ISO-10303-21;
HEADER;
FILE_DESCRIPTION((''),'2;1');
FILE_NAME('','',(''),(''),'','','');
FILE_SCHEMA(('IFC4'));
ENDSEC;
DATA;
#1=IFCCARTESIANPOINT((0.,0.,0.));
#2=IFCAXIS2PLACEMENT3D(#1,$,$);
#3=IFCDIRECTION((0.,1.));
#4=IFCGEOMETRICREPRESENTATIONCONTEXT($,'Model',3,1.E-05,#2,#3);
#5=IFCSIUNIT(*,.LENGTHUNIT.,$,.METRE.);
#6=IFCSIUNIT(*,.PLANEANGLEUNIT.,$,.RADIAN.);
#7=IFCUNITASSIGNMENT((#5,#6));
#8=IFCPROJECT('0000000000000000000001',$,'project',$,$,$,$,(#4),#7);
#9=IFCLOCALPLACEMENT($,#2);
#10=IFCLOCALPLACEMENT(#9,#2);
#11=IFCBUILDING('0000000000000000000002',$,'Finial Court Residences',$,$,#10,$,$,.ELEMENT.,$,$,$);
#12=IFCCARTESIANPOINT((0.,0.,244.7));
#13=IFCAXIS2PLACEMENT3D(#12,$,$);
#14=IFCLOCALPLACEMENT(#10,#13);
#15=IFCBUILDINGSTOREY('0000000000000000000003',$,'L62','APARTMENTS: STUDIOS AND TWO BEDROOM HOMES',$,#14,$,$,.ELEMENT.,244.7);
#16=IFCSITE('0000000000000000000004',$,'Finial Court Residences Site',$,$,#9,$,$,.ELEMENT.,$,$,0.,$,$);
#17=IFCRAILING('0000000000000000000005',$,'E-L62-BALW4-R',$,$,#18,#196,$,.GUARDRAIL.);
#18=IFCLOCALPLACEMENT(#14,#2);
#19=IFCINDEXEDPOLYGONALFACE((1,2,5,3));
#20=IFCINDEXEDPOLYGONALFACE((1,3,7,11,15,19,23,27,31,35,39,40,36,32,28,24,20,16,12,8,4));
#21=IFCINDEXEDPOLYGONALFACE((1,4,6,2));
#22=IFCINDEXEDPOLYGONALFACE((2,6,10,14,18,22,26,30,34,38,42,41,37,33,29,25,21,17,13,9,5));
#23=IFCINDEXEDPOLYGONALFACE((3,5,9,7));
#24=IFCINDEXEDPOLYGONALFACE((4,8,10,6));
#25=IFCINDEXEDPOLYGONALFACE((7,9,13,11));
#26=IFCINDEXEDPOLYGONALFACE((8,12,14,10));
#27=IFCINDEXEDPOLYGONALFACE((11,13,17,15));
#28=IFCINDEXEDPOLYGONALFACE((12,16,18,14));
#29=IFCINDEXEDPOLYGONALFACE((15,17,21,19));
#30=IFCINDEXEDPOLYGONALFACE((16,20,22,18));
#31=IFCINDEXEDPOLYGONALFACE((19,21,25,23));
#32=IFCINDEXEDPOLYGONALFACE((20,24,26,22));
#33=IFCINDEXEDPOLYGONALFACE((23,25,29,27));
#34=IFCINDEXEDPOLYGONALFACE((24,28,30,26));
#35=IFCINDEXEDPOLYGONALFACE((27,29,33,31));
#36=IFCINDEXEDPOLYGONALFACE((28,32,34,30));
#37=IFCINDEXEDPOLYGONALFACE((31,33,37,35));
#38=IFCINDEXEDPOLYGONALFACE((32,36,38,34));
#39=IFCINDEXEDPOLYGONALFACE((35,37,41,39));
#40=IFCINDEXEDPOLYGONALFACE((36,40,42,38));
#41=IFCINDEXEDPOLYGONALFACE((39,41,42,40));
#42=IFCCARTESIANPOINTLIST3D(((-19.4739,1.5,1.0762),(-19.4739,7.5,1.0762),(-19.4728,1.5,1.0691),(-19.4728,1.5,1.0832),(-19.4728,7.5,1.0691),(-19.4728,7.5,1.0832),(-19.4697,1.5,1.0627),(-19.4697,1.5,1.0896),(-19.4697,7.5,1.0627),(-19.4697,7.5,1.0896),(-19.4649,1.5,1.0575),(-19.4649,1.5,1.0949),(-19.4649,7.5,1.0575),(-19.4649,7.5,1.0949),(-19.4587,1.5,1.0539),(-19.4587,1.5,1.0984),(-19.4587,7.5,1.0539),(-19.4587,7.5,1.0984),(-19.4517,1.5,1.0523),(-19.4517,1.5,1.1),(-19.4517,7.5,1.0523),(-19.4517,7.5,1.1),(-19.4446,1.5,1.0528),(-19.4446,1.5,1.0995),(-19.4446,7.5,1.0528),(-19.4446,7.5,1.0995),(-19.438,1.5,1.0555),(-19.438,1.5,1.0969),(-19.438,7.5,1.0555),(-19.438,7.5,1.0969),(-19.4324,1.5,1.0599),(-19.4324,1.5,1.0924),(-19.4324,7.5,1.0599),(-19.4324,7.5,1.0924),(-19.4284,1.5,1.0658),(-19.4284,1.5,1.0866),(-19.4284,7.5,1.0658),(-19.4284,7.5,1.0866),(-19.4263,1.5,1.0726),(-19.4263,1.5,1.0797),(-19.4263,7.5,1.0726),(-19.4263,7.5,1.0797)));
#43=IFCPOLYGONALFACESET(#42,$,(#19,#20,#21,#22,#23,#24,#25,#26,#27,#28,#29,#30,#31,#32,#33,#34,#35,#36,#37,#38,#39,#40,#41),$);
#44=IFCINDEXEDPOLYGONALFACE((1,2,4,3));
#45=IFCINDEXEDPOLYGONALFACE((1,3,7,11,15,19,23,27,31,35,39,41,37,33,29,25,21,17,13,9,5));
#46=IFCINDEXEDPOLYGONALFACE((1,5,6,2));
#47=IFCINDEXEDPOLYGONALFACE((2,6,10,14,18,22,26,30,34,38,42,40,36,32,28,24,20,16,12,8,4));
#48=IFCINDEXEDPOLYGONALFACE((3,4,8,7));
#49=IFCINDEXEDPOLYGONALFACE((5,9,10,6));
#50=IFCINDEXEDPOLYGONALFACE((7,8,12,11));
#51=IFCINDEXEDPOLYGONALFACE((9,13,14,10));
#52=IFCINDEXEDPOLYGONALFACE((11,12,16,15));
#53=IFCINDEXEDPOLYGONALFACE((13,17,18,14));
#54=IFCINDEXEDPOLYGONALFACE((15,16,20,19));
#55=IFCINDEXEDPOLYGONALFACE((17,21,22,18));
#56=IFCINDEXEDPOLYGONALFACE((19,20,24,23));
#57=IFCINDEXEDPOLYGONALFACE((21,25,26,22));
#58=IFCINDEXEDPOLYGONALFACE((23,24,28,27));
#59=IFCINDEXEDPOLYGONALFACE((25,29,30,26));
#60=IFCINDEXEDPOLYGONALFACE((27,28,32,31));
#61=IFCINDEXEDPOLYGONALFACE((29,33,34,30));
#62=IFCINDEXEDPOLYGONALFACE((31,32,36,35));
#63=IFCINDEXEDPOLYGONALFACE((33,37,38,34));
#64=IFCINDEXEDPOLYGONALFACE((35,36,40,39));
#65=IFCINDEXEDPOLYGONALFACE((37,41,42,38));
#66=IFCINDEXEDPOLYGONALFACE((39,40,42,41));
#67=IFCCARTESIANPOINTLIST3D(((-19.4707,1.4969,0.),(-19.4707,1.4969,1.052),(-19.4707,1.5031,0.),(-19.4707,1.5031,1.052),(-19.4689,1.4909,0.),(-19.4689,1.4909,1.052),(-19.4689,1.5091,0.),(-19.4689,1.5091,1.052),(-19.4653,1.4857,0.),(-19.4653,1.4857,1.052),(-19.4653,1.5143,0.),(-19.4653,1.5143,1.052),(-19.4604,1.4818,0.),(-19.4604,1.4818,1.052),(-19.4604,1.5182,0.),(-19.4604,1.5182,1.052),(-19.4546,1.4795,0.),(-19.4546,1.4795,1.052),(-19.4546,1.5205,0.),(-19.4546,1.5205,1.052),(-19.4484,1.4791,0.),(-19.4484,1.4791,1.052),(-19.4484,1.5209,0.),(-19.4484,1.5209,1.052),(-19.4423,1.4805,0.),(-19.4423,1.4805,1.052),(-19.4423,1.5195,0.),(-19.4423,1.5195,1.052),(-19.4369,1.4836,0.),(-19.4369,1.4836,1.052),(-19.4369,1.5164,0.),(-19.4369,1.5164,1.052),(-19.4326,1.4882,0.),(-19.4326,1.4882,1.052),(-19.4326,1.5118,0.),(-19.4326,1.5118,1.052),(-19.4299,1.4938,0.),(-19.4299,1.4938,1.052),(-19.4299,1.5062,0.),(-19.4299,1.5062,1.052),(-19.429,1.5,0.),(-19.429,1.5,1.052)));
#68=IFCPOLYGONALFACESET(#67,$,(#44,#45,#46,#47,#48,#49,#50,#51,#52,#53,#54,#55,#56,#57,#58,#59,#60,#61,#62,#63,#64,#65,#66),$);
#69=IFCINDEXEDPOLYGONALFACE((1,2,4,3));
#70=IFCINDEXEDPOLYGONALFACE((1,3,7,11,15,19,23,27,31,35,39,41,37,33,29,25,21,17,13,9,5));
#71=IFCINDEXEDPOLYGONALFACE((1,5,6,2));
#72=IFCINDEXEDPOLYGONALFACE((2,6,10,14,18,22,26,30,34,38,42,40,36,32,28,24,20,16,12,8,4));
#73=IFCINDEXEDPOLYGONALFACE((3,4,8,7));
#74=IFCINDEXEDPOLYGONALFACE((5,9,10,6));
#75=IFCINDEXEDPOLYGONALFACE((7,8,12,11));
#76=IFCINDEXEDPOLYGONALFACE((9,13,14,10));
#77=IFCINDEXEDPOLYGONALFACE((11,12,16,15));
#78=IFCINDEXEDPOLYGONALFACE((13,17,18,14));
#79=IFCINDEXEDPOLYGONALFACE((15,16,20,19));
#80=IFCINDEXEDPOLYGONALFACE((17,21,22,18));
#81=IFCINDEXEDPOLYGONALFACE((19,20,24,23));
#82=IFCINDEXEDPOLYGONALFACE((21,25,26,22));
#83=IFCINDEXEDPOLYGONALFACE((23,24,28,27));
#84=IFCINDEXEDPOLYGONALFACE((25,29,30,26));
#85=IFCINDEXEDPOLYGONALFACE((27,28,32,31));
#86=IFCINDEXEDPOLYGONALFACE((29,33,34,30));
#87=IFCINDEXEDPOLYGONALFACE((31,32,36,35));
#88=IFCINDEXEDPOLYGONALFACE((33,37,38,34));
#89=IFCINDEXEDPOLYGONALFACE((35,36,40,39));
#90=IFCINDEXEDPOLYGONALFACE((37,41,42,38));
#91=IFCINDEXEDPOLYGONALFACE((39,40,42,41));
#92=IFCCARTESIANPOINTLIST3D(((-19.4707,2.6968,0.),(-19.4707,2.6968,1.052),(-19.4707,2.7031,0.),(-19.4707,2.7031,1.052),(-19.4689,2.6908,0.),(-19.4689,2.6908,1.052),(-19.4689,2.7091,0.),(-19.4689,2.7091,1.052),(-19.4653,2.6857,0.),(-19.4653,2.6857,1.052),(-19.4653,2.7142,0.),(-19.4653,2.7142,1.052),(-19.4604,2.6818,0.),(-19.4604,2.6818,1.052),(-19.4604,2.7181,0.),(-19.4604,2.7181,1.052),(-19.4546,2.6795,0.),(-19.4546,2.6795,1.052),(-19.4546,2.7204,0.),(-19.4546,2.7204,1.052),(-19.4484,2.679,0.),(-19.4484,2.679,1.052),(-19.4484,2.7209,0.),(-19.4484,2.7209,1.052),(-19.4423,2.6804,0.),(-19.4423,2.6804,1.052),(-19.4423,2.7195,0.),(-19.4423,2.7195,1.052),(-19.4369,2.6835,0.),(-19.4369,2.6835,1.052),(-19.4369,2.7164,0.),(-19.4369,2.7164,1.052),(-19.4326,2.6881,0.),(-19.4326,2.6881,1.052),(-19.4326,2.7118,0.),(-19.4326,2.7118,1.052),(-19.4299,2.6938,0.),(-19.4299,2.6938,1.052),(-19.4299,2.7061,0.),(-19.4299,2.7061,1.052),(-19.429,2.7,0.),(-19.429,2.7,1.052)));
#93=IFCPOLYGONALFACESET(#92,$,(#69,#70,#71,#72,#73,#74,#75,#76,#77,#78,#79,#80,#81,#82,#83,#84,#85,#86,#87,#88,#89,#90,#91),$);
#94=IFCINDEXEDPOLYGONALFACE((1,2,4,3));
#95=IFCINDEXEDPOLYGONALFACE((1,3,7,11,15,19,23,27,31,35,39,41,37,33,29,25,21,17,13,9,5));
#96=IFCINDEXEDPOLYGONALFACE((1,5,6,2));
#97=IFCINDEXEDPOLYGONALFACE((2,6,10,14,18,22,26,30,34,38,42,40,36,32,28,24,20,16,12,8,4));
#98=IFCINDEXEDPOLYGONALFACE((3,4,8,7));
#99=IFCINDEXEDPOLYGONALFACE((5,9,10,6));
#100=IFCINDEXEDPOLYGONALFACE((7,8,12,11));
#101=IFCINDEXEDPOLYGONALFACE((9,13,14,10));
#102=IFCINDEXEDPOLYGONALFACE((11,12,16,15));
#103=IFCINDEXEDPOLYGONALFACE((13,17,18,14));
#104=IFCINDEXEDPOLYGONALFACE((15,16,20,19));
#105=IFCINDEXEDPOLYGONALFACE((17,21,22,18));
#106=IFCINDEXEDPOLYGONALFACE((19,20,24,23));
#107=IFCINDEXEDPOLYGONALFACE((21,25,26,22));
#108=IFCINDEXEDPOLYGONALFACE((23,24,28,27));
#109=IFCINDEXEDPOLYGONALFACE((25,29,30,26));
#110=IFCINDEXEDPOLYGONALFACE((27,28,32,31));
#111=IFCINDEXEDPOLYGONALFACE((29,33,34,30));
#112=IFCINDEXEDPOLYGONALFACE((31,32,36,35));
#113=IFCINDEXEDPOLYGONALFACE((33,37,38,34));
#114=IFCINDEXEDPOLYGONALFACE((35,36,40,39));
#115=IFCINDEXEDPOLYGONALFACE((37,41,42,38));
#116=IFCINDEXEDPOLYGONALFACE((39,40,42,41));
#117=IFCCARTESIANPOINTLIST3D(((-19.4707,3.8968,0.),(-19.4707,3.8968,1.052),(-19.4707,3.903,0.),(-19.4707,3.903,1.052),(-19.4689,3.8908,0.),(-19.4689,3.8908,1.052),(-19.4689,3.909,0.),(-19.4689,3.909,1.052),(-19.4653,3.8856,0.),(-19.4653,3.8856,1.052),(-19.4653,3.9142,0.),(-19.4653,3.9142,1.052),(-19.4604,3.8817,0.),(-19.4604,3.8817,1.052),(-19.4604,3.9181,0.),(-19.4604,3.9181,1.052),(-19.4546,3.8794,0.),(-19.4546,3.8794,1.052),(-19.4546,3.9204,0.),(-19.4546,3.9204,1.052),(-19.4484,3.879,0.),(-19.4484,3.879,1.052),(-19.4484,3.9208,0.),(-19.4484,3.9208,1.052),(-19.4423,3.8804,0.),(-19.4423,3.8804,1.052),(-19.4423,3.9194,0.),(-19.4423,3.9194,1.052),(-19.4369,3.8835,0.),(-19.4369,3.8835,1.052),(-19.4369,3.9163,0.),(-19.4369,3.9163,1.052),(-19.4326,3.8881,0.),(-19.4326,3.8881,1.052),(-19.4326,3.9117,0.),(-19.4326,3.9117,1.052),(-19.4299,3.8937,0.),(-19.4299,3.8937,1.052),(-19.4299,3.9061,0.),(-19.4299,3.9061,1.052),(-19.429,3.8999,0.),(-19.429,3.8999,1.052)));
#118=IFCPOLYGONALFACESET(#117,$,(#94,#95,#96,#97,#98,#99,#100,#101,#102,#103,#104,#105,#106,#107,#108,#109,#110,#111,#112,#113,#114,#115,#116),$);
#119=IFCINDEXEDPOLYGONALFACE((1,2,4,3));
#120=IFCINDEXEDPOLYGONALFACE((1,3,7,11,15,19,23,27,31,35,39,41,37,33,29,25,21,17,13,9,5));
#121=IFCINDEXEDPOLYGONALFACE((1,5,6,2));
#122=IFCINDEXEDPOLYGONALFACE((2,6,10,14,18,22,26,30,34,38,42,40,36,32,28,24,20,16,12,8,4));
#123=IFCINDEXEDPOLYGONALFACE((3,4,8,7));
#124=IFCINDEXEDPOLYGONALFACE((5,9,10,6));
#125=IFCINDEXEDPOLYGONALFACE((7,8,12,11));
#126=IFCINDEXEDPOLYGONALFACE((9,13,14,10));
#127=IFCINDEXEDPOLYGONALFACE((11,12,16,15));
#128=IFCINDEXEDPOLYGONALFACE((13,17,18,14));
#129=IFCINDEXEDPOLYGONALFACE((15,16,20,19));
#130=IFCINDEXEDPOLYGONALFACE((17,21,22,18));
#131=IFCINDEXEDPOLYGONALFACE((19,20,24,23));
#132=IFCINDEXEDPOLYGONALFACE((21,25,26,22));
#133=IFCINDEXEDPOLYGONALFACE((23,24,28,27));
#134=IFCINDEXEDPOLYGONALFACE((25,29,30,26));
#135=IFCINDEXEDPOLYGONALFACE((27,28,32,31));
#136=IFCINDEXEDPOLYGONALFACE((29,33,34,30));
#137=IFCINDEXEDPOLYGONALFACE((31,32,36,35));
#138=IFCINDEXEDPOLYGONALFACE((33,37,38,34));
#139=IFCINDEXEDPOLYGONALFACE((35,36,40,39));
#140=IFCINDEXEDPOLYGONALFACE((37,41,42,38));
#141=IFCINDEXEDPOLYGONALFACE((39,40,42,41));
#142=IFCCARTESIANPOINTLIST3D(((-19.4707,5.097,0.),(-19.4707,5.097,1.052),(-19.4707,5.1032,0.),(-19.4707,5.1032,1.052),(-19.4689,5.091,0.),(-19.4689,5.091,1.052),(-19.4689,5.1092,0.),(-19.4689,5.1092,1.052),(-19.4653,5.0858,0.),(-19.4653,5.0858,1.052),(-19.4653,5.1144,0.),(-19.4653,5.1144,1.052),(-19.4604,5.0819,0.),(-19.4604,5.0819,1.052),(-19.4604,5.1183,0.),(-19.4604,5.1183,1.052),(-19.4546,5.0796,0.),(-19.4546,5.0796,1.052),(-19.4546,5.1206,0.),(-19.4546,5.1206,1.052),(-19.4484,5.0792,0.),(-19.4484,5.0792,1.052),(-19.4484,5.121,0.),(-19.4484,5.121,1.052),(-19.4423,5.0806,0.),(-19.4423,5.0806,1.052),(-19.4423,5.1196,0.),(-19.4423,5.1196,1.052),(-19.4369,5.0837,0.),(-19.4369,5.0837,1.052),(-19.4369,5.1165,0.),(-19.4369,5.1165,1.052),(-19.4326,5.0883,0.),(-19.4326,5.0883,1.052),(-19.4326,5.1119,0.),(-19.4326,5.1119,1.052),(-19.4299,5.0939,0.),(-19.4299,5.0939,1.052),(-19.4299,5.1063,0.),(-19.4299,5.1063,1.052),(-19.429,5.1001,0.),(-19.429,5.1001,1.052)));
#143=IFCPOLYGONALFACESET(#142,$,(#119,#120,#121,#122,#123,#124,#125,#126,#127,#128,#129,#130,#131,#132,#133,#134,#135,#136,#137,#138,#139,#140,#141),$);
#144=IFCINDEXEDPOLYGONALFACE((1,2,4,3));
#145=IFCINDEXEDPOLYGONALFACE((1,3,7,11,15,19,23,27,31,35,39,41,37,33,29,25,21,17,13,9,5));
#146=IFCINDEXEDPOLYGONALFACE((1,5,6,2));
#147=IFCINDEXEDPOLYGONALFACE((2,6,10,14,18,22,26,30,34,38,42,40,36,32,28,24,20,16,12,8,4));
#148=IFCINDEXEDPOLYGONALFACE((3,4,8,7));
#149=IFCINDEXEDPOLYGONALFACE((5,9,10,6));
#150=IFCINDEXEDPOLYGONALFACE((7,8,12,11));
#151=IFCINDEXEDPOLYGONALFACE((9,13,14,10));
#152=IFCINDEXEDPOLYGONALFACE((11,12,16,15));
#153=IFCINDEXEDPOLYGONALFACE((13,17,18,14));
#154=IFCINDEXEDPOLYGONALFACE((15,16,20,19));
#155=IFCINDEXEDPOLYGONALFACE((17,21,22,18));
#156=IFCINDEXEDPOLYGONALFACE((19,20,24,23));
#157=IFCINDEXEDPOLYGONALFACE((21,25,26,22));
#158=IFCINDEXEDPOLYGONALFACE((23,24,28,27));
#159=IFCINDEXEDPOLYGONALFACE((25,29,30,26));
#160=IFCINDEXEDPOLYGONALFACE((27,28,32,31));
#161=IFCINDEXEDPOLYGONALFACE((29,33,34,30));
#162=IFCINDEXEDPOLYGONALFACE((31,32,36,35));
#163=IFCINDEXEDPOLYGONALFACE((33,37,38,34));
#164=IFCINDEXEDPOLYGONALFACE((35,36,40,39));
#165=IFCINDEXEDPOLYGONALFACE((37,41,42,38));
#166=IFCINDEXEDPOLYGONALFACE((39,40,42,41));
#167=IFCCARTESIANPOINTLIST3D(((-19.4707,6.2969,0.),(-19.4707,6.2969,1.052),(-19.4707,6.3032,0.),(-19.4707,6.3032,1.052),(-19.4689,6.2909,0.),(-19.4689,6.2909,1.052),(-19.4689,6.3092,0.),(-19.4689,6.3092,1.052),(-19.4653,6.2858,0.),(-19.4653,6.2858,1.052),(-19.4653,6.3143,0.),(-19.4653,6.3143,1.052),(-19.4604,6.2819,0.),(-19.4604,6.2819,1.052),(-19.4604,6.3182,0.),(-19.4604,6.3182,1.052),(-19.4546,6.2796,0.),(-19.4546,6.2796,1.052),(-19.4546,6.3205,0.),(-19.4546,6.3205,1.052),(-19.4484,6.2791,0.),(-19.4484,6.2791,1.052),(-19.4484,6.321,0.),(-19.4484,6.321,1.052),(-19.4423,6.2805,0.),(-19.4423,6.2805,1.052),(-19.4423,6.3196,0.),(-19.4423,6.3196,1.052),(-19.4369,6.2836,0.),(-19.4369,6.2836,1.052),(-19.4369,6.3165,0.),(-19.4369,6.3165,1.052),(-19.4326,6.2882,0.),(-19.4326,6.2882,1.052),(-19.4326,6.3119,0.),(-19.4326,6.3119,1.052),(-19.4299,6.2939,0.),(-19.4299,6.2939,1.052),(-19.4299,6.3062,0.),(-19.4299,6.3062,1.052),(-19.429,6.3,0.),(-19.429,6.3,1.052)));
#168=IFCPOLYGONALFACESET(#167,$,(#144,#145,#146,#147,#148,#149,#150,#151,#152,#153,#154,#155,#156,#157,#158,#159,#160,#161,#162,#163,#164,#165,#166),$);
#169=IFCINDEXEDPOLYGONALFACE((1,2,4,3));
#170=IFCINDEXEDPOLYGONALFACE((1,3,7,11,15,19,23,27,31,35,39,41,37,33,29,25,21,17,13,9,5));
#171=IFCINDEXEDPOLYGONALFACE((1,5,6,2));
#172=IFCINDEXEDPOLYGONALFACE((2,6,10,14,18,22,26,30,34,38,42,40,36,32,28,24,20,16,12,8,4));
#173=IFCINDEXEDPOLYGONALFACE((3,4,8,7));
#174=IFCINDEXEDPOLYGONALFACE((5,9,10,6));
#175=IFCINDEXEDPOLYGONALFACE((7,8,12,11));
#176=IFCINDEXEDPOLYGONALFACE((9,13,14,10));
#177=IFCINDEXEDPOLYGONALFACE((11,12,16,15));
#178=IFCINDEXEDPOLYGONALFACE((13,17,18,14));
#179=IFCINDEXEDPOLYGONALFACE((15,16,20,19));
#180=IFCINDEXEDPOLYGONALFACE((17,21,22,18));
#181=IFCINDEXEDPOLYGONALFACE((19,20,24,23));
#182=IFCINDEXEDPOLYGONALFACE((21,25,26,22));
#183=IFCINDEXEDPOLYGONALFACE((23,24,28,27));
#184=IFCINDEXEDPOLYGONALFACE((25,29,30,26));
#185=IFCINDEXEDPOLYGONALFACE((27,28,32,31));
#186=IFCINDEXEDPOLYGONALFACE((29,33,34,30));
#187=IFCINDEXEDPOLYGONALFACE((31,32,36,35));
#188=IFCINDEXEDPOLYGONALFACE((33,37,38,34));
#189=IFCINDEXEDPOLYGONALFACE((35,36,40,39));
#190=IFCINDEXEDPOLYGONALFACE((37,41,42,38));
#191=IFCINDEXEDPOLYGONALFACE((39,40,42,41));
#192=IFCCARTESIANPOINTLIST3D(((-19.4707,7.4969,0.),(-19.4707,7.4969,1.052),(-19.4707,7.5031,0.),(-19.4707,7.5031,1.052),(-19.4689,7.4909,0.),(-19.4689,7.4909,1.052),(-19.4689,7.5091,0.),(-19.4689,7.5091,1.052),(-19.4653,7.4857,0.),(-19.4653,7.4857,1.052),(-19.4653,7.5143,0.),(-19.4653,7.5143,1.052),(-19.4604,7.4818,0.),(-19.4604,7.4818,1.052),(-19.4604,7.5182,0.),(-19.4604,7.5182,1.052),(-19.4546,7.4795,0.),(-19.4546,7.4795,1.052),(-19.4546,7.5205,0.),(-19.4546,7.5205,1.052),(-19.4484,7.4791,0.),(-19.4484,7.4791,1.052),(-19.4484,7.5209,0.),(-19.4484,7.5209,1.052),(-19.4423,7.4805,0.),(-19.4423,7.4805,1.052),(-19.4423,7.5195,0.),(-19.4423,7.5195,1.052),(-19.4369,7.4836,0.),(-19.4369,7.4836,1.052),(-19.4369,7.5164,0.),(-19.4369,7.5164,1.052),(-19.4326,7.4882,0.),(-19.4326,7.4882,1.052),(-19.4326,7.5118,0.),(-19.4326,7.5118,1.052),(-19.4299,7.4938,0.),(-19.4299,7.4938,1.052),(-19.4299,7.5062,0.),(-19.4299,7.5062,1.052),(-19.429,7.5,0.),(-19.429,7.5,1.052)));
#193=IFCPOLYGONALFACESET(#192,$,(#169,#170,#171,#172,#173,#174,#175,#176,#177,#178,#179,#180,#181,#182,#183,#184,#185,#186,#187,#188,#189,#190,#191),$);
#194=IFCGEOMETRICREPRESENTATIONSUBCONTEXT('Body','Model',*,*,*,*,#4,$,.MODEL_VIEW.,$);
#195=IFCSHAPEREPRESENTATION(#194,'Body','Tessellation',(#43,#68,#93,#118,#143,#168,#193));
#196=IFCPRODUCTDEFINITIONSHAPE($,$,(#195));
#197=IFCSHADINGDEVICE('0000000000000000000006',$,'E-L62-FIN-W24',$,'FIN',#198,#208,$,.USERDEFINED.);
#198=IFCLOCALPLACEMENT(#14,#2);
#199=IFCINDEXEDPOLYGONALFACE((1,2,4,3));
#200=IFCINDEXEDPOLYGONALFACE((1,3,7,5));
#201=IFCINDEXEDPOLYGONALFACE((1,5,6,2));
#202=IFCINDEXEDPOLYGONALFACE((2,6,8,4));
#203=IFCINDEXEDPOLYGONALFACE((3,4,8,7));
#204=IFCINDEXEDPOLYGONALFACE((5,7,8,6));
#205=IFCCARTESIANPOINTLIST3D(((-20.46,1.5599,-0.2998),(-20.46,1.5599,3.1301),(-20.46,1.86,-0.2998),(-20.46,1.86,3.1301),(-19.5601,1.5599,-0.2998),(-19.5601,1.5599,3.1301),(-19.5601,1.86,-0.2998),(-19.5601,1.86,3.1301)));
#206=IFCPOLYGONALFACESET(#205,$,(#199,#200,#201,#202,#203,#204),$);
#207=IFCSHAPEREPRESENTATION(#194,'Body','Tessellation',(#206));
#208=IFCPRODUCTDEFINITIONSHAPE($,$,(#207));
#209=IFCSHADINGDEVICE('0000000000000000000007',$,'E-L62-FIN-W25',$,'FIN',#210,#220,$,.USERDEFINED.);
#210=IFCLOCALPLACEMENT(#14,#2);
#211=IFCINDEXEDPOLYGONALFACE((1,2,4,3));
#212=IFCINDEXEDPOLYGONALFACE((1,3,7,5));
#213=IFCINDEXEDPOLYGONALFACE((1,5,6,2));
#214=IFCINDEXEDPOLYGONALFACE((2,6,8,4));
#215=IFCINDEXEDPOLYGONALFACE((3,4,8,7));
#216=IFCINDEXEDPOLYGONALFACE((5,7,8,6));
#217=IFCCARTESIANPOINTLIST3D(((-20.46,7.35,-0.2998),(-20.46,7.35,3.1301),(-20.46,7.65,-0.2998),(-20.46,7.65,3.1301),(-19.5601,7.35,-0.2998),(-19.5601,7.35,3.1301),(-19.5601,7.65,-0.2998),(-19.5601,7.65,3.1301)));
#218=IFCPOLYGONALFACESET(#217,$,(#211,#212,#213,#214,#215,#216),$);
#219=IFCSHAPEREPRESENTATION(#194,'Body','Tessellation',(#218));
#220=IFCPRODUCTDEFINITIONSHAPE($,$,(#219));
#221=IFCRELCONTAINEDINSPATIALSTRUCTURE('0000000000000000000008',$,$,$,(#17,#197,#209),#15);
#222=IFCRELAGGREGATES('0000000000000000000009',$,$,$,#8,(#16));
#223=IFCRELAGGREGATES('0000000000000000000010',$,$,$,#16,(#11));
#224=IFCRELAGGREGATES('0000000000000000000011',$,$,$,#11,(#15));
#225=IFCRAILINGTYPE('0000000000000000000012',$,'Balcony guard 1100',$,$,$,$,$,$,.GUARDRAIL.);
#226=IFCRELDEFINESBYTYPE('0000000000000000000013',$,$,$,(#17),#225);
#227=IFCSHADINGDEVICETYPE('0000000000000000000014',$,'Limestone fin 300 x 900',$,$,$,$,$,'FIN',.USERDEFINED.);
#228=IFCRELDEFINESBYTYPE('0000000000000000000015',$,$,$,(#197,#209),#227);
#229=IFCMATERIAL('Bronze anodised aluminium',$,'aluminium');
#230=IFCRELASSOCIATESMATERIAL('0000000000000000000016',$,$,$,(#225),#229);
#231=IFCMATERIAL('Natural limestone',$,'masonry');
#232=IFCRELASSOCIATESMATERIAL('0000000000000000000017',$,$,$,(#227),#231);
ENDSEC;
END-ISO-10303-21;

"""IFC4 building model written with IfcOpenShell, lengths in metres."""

from ifc_helpers import new_model, si_unit, direction, frame, origin, origin_2d, place, context, subcontext, project, spatial, rectangle, circle, extrude, material, type_object, element, save


model = new_model("IFC4")

# Units and contexts
model_context = context("Model", 3, precision=1e-05, world=origin(), true_north=direction((0.0, 1.0)))
body_context = subcontext(model_context, "Body", "Model", "MODEL_VIEW")
ifc_project = project(units=[si_unit("LENGTHUNIT", "METRE"), si_unit("PLANEANGLEUNIT", "RADIAN")], contexts=[model_context])

# Site, building, storey
site_placement = place(None, origin())
site = spatial("IfcSite", under=ifc_project, at=site_placement, Name="Finial Court Residences Site", CompositionType="ELEMENT", RefElevation=0.0)
building_placement = place(site_placement, origin())
building = spatial("IfcBuilding", under=site, at=building_placement, Name="Finial Court Residences", CompositionType="ELEMENT")
storey_placement = place(building_placement, frame((0.0, 0.0, 244.7)))
storey = spatial("IfcBuildingStorey", under=building, at=storey_placement, Name="L62", Description="APARTMENTS: STUDIOS AND TWO BEDROOM HOMES", CompositionType="ELEMENT", Elevation=244.7)

# Shared definitions
ifc_material_1 = material(Name="Bronze anodised aluminium", Category="aluminium")

# Shared definitions
ifc_material_2 = material(Name="Natural limestone", Category="masonry")

# Railing
railing_type = type_object("IfcRailingType", Name="Balcony guard 1100", PredefinedType="GUARDRAIL", material=ifc_material_1)
railing_placement = place(storey_placement, frame((-19.45, 1.5, 0.0)))
element("IfcRailing", 1, at=railing_placement, inside=storey, type_object=railing_type, Name="E-L62-BALW4-R", PredefinedType="GUARDRAIL", context=body_context, shape_type="SweptSolid", body=[
    extrude(circle(Radius=0.0239, at=origin_2d()), frame((0.0, 0.0, 1.0762), z_axis=(0.0, 1.0, 0.0), x_axis=(-1.0, 0.0, 0.0)), (0.0, 0.0, 1.0), 6.0),
    extrude(circle(Radius=0.021, at=origin_2d()), origin(), (0.0, 0.0, 1.0), 1.052),
    extrude(circle(Radius=0.021, at=origin_2d()), frame((0.0, 1.2, 0.0)), (0.0, 0.0, 1.0), 1.052),
    extrude(circle(Radius=0.021, at=origin_2d()), frame((0.0, 2.3999, 0.0)), (0.0, 0.0, 1.0), 1.052),
    extrude(circle(Radius=0.021, at=origin_2d()), frame((0.0, 3.6001, 0.0)), (0.0, 0.0, 1.0), 1.052),
    extrude(circle(Radius=0.021, at=origin_2d()), frame((0.0, 4.8, 0.0)), (0.0, 0.0, 1.0), 1.052),
    extrude(circle(Radius=0.021, at=origin_2d()), frame((0.0, 6.0, 0.0)), (0.0, 0.0, 1.0), 1.052),
])

# Shading devices
shading_device_type = type_object("IfcShadingDeviceType", Name="Limestone fin 300 x 900", ElementType="FIN", PredefinedType="USERDEFINED", material=ifc_material_2)
for number, where, z_axis, x_axis, name in (
    (2, (-20.01, 1.71, -0.2998), (0.0, 0.0, 1.0), (1.0, 0.0, 0.0), "E-L62-FIN-W24"),
    (3, (-20.01, 7.5, -0.2998), (0.0, 0.0, 1.0), (1.0, 0.0, 0.0), "E-L62-FIN-W25"),
):
    element("IfcShadingDevice", number, at=place(storey_placement, frame(where, z_axis=z_axis, x_axis=x_axis)), inside=storey, type_object=shading_device_type, Name=name, ObjectType="FIN", PredefinedType="USERDEFINED", context=body_context, shape_type="SweptSolid", body=[
        extrude(rectangle(XDim=0.8999, YDim=0.3, at=origin_2d()), origin(), (0.0, 0.0, 1.0), 3.4299),
    ])

save(model, "model.ifc")
